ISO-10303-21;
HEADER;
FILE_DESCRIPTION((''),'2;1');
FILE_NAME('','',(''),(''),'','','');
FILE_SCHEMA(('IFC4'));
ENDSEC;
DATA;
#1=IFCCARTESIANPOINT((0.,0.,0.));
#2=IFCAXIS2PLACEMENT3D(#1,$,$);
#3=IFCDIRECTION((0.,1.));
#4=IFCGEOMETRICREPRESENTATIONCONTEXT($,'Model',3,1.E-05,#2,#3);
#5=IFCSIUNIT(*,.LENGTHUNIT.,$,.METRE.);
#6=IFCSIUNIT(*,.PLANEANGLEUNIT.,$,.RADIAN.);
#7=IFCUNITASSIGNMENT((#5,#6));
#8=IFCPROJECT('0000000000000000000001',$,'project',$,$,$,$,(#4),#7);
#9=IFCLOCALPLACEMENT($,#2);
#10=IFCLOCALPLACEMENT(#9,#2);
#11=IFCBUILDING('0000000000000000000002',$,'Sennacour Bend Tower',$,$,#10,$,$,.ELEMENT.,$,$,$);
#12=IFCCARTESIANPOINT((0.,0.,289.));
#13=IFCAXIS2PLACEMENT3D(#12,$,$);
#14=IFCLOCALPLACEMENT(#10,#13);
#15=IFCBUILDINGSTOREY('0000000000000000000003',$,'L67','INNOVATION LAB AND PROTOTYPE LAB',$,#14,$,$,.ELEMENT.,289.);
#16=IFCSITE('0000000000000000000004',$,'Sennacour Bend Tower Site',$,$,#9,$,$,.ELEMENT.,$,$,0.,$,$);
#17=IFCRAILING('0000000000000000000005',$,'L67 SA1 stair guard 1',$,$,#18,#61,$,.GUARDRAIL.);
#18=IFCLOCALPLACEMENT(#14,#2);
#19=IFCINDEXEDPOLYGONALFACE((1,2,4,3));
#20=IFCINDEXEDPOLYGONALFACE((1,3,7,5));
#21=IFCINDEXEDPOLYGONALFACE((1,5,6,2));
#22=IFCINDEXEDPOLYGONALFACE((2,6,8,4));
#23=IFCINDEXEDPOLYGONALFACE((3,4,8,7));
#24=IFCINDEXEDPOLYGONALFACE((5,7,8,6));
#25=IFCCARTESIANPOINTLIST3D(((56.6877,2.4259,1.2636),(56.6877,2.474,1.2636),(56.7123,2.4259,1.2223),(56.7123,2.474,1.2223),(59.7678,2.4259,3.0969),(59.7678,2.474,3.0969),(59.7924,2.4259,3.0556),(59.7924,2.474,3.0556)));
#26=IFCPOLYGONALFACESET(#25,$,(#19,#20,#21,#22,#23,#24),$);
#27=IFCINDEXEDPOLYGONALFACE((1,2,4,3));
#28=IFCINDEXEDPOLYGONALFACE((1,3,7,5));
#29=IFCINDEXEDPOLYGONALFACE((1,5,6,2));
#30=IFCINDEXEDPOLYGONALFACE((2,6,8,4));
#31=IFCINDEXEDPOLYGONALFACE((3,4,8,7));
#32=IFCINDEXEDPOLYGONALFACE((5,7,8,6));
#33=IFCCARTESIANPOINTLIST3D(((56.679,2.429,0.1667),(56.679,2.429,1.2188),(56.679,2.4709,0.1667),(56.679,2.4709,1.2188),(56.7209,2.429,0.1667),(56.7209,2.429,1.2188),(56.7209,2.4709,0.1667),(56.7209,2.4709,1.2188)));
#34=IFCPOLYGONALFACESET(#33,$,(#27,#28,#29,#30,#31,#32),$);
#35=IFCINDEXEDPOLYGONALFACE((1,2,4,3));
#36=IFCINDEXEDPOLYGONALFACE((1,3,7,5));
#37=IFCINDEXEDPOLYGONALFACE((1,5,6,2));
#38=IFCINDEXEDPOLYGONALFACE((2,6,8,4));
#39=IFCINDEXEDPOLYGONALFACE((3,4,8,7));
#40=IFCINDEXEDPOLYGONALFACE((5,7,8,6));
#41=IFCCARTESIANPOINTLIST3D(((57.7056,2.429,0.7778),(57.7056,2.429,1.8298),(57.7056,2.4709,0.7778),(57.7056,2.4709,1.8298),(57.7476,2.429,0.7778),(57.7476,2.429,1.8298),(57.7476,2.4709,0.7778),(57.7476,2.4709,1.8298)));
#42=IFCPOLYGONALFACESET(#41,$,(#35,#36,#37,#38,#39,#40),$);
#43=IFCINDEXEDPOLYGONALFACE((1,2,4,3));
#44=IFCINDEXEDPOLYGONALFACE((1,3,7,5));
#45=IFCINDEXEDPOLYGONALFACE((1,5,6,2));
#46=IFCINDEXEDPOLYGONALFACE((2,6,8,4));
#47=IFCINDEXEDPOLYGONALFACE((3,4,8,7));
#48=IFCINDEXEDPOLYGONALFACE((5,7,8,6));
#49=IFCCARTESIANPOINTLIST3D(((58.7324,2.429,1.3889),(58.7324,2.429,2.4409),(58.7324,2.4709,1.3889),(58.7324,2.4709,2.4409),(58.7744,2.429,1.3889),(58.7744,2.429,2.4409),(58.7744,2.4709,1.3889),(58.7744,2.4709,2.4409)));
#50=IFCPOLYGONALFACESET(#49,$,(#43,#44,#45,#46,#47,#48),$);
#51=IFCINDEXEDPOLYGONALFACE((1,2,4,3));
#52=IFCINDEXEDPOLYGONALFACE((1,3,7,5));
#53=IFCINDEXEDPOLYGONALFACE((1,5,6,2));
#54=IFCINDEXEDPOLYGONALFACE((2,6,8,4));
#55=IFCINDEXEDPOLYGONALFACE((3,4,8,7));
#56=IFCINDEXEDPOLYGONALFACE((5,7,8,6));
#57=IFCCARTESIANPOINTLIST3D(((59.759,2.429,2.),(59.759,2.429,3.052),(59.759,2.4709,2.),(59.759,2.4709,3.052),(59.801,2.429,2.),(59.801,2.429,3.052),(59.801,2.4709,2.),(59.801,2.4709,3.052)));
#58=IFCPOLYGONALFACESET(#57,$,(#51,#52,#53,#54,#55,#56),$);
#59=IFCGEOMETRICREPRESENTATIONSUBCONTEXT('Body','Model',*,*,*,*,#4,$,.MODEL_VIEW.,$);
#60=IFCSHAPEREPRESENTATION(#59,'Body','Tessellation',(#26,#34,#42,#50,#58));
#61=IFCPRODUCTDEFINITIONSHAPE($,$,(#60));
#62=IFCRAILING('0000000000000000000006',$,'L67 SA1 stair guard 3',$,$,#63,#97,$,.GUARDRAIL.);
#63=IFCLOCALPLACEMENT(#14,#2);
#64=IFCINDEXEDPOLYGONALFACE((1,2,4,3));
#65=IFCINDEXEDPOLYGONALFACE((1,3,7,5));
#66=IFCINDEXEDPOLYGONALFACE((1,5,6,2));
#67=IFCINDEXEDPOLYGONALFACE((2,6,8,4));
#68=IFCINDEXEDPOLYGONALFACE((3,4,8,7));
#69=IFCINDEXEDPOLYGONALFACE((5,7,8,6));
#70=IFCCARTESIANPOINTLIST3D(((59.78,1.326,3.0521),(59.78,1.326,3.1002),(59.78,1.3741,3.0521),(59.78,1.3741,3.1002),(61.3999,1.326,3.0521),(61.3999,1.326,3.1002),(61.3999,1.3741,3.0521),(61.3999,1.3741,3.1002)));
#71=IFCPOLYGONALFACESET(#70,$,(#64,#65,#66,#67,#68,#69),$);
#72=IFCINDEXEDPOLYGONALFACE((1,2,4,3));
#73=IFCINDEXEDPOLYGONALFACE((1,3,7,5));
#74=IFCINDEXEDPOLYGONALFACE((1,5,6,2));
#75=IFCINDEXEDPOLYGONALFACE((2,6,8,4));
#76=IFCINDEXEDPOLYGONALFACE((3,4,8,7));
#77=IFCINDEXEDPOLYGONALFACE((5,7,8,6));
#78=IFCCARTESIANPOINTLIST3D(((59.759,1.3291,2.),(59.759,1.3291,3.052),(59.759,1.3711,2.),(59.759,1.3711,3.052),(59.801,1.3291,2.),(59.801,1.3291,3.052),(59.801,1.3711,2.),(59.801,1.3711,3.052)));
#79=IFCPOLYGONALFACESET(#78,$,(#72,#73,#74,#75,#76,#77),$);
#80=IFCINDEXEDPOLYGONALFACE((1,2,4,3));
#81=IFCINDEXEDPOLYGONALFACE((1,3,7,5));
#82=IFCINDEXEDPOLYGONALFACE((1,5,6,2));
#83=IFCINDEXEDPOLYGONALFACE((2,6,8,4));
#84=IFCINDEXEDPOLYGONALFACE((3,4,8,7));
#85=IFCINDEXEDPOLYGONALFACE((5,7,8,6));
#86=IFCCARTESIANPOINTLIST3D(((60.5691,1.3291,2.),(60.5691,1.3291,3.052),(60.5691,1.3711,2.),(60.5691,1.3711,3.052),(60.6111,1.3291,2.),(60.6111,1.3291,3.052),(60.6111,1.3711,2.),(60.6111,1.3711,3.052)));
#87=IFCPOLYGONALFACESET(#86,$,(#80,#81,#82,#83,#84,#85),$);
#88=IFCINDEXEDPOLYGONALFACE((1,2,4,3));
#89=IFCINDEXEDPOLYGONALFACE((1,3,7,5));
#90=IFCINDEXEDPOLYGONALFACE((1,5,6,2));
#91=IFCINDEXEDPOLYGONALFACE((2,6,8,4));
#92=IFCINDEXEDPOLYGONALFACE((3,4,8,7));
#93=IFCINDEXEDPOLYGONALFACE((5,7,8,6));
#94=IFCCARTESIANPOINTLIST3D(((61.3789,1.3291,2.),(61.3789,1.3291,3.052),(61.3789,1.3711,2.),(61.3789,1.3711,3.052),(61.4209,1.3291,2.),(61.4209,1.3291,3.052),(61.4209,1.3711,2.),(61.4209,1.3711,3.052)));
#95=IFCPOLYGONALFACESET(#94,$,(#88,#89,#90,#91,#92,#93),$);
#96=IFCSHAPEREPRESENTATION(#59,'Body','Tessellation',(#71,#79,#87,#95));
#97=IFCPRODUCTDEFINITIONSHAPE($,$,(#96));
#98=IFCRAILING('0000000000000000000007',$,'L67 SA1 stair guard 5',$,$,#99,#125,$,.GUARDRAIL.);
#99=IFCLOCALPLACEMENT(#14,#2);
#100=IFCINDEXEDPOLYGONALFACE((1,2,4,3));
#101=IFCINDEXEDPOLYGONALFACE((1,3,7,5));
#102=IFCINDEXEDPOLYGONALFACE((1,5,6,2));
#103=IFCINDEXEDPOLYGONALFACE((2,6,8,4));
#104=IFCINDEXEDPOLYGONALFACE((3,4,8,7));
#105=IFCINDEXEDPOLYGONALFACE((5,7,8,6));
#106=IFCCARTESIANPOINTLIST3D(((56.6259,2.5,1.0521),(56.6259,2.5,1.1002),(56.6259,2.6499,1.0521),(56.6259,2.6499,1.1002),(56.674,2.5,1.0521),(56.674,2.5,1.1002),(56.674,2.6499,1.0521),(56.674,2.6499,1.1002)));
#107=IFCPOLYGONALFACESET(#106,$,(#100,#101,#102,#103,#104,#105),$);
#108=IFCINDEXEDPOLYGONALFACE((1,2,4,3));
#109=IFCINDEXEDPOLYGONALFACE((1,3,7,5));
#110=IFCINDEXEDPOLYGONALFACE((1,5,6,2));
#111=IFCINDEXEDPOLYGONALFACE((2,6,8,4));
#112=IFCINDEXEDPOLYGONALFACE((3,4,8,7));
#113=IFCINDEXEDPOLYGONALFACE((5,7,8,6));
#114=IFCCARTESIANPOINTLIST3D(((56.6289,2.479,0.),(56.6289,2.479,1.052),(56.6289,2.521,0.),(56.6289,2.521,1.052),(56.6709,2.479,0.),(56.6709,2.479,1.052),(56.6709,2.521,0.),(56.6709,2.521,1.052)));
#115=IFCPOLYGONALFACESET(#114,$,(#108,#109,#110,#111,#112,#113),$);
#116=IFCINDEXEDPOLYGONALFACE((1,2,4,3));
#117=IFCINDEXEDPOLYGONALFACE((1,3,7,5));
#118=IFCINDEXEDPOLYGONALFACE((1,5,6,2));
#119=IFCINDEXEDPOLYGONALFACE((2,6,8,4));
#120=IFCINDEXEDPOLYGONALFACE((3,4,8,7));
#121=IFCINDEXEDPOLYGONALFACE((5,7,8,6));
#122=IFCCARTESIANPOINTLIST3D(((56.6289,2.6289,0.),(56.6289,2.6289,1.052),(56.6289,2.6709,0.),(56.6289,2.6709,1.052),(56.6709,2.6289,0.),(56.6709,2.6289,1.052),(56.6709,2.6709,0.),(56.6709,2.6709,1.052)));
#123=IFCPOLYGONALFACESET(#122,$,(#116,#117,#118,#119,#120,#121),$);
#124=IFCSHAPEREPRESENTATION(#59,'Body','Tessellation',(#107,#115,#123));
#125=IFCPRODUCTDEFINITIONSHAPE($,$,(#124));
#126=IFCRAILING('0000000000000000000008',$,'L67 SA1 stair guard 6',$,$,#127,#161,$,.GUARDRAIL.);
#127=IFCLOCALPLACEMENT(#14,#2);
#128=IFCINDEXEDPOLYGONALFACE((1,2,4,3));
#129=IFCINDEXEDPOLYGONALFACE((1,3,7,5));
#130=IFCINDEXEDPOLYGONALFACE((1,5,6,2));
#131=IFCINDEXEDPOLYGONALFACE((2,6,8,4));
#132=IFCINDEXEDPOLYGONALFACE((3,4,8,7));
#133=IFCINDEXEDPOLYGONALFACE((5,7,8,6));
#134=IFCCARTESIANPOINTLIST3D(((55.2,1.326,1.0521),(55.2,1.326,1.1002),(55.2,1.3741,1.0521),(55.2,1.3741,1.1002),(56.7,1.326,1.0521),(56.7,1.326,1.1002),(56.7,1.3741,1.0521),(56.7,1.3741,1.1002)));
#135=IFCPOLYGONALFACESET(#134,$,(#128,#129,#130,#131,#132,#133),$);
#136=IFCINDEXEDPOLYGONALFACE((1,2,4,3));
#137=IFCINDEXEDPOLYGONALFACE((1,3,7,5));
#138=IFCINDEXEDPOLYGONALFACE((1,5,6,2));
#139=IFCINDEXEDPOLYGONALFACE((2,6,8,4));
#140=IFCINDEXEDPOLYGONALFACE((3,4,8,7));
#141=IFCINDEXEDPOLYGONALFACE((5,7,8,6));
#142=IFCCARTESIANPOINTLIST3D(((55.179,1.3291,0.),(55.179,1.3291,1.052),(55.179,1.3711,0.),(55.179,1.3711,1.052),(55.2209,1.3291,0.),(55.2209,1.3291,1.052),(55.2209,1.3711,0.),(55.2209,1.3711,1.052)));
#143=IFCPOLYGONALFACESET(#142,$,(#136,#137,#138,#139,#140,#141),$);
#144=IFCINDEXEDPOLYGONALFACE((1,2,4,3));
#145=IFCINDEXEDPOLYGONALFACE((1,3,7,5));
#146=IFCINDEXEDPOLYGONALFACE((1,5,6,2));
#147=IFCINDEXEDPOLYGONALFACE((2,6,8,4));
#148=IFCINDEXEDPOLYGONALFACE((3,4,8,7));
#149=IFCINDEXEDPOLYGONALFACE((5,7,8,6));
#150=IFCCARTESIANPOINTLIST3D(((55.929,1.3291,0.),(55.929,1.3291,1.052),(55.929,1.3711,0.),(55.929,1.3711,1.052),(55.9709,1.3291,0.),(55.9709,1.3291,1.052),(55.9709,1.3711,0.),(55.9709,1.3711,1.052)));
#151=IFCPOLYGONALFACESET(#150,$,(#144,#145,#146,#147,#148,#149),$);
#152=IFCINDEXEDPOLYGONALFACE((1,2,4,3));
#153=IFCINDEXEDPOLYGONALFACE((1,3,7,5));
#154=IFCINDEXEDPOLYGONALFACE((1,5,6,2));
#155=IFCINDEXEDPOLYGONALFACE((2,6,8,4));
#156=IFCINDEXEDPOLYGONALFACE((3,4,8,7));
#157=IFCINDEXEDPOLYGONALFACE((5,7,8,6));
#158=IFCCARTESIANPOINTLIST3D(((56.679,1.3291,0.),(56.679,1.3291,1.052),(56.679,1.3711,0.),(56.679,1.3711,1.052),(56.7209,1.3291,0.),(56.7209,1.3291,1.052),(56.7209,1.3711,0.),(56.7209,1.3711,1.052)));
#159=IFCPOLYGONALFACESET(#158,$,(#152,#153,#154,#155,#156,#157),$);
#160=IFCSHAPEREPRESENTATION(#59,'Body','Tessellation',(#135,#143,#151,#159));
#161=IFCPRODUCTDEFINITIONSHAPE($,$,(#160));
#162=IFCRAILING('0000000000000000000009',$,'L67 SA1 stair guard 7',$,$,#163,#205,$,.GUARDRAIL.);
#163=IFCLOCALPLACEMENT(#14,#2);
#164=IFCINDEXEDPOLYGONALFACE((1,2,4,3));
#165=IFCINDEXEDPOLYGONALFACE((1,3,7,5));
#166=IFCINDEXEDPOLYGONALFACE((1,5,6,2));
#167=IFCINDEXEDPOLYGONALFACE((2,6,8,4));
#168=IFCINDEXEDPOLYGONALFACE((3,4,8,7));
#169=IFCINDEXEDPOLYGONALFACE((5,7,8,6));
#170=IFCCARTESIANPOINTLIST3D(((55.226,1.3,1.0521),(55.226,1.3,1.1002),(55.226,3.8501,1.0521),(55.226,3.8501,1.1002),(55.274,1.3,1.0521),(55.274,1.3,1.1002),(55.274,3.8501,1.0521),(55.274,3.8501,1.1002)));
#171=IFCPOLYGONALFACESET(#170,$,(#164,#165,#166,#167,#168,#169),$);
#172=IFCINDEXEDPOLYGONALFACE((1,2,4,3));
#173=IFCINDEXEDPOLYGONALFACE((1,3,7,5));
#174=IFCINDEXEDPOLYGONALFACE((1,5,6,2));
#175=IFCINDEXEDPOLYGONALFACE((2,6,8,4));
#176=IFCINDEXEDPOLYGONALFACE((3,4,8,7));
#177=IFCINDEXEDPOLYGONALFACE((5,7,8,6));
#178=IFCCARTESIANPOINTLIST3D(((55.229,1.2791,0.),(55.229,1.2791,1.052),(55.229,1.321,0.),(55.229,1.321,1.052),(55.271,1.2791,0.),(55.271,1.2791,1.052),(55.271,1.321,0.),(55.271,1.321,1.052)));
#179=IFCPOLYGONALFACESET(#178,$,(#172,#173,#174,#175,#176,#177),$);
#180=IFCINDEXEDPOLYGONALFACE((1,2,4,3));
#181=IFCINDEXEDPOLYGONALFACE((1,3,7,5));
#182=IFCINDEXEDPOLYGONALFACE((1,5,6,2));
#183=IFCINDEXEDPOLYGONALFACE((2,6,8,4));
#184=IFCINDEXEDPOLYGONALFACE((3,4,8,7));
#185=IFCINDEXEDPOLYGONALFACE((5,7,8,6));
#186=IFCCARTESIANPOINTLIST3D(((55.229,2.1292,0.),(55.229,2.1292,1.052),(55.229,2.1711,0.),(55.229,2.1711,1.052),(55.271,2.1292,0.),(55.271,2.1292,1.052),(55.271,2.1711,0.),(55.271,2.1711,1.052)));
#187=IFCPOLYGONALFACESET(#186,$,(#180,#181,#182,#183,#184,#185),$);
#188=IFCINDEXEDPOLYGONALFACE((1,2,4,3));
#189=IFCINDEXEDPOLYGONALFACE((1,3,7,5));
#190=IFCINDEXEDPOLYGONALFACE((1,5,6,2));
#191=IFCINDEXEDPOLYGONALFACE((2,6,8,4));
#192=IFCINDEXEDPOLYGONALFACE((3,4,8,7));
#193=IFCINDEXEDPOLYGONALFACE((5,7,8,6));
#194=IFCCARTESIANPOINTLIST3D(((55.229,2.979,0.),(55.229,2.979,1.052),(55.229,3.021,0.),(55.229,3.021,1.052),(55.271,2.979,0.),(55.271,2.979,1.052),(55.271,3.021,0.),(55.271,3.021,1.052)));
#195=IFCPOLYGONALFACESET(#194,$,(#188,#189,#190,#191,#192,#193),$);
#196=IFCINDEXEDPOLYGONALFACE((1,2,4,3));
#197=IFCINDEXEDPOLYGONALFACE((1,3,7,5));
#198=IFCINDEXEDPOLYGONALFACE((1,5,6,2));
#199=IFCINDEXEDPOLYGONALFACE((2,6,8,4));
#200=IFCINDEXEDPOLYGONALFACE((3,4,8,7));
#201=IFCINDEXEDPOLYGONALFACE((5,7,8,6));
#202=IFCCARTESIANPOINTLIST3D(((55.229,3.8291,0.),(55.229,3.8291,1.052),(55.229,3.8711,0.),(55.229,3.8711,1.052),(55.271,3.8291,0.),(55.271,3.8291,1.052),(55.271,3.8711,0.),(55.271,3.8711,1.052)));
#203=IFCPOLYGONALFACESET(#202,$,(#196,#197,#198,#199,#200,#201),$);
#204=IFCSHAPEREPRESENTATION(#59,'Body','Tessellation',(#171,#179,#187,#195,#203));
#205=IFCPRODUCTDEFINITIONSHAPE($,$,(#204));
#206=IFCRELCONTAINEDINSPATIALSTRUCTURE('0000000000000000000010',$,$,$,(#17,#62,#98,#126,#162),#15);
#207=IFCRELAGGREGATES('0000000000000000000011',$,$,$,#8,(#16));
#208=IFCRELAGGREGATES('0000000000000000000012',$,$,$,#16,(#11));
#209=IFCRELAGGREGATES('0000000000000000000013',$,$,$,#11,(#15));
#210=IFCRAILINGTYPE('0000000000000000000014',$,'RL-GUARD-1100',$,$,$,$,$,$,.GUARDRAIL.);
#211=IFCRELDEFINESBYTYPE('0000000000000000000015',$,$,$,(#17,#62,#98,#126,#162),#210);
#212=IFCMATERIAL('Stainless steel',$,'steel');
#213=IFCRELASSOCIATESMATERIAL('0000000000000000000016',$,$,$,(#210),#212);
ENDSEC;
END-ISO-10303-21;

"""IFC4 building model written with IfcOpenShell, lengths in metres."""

from ifc_helpers import new_model, si_unit, direction, frame, origin, origin_2d, place, context, subcontext, project, spatial, rectangle, extrude, material, type_object, element, save


model = new_model("IFC4")

# Units and contexts
model_context = context("Model", 3, precision=1e-05, world=origin(), true_north=direction((0.0, 1.0)))
body_context = subcontext(model_context, "Body", "Model", "MODEL_VIEW")
ifc_project = project(units=[si_unit("LENGTHUNIT", "METRE"), si_unit("PLANEANGLEUNIT", "RADIAN")], contexts=[model_context])

# Site, building, storey
site_placement = place(None, origin())
site = spatial("IfcSite", under=ifc_project, at=site_placement, Name="Sennacour Bend Tower Site", CompositionType="ELEMENT", RefElevation=0.0)
building_placement = place(site_placement, origin())
building = spatial("IfcBuilding", under=site, at=building_placement, Name="Sennacour Bend Tower", CompositionType="ELEMENT")
storey_placement = place(building_placement, frame((0.0, 0.0, 289.0)))
storey = spatial("IfcBuildingStorey", under=building, at=storey_placement, Name="L67", Description="INNOVATION LAB AND PROTOTYPE LAB", CompositionType="ELEMENT", Elevation=289.0)

# Shared definitions
ifc_material_1 = material(Name="Stainless steel", Category="steel")

# Railings
railing_type_1 = type_object("IfcRailingType", Name="RL-GUARD-1100", PredefinedType="GUARDRAIL", material=ifc_material_1)
railing_1_placement = place(storey_placement, frame((56.7, 2.45, 0.1667)))
element("IfcRailing", 1, at=railing_1_placement, inside=storey, type_object=railing_type_1, Name="L67 SA1 stair guard 1", PredefinedType="GUARDRAIL", context=body_context, shape_type="SweptSolid", body=[
    extrude(rectangle(XDim=0.0481, YDim=0.0481, at=origin_2d()), frame((0.0, 0.0, 1.0762), z_axis=(0.859309, 0.0, 0.511458), x_axis=(0.0, 1.0, 0.0)), (0.0, 0.0, 1.0), 3.5845),
    extrude(rectangle(XDim=0.042, YDim=0.042, at=origin_2d()), origin(), (0.0, 0.0, 1.0), 1.052),
    extrude(rectangle(XDim=0.042, YDim=0.042, at=origin_2d()), frame((1.0266, 0.0, 0.6111)), (0.0, 0.0, 1.0), 1.052),
    extrude(rectangle(XDim=0.042, YDim=0.042, at=origin_2d()), frame((2.0535, 0.0, 1.2222)), (0.0, 0.0, 1.0), 1.052),
    extrude(rectangle(XDim=0.042, YDim=0.042, at=origin_2d()), frame((3.0801, 0.0, 1.8333)), (0.0, 0.0, 1.0), 1.052),
])
railing_2_placement = place(storey_placement, frame((59.78, 1.3501, 2.0)))
element("IfcRailing", 2, at=railing_2_placement, inside=storey, type_object=railing_type_1, Name="L67 SA1 stair guard 3", PredefinedType="GUARDRAIL", context=body_context, shape_type="SweptSolid", body=[
    extrude(rectangle(XDim=0.0481, YDim=0.0481, at=origin_2d()), frame((0.0, 0.0, 1.0762), z_axis=(1.0, 0.0, 0.0), x_axis=(0.0, 1.0, 0.0)), (0.0, 0.0, 1.0), 1.6199),
    extrude(rectangle(XDim=0.042, YDim=0.042, at=origin_2d()), origin(), (0.0, 0.0, 1.0), 1.052),
    extrude(rectangle(XDim=0.042, YDim=0.042, at=origin_2d()), frame((0.8101, 0.0, 0.0)), (0.0, 0.0, 1.0), 1.052),
    extrude(rectangle(XDim=0.042, YDim=0.042, at=origin_2d()), frame((1.6199, 0.0, 0.0)), (0.0, 0.0, 1.0), 1.052),
])
railing_3_placement = place(storey_placement, frame((56.6499, 2.5, 0.0)))
element("IfcRailing", 3, at=railing_3_placement, inside=storey, type_object=railing_type_1, Name="L67 SA1 stair guard 5", PredefinedType="GUARDRAIL", context=body_context, shape_type="SweptSolid", body=[
    extrude(rectangle(XDim=0.0481, YDim=0.0481, at=origin_2d()), frame((0.0, 0.0, 1.0762), z_axis=(0.0, 1.0, 0.0), x_axis=(-1.0, 0.0, 0.0)), (0.0, 0.0, 1.0), 0.1499),
    extrude(rectangle(XDim=0.042, YDim=0.042, at=origin_2d()), origin(), (0.0, 0.0, 1.0), 1.052),
    extrude(rectangle(XDim=0.042, YDim=0.042, at=origin_2d()), frame((0.0, 0.1499, 0.0)), (0.0, 0.0, 1.0), 1.052),
])
railing_4_placement = place(storey_placement, frame((55.2, 1.3501, 0.0)))
element("IfcRailing", 4, at=railing_4_placement, inside=storey, type_object=railing_type_1, Name="L67 SA1 stair guard 6", PredefinedType="GUARDRAIL", context=body_context, shape_type="SweptSolid", body=[
    extrude(rectangle(XDim=0.0481, YDim=0.0481, at=origin_2d()), frame((0.0, 0.0, 1.0762), z_axis=(1.0, 0.0, 0.0), x_axis=(0.0, 1.0, 0.0)), (0.0, 0.0, 1.0), 1.5),
    extrude(rectangle(XDim=0.042, YDim=0.042, at=origin_2d()), origin(), (0.0, 0.0, 1.0), 1.052),
    extrude(rectangle(XDim=0.042, YDim=0.042, at=origin_2d()), frame((0.75, 0.0, 0.0)), (0.0, 0.0, 1.0), 1.052),
    extrude(rectangle(XDim=0.042, YDim=0.042, at=origin_2d()), frame((1.5, 0.0, 0.0)), (0.0, 0.0, 1.0), 1.052),
])
railing_5_placement = place(storey_placement, frame((55.25, 1.3, 0.0)))
element("IfcRailing", 5, at=railing_5_placement, inside=storey, type_object=railing_type_1, Name="L67 SA1 stair guard 7", PredefinedType="GUARDRAIL", context=body_context, shape_type="SweptSolid", body=[
    extrude(rectangle(XDim=0.0481, YDim=0.0481, at=origin_2d()), frame((0.0, 0.0, 1.0762), z_axis=(0.0, 1.0, 0.0), x_axis=(-1.0, 0.0, 0.0)), (0.0, 0.0, 1.0), 2.55),
    extrude(rectangle(XDim=0.042, YDim=0.042, at=origin_2d()), origin(), (0.0, 0.0, 1.0), 1.052),
    extrude(rectangle(XDim=0.042, YDim=0.042, at=origin_2d()), frame((0.0, 0.8501, 0.0)), (0.0, 0.0, 1.0), 1.052),
    extrude(rectangle(XDim=0.042, YDim=0.042, at=origin_2d()), frame((0.0, 1.7, 0.0)), (0.0, 0.0, 1.0), 1.052),
    extrude(rectangle(XDim=0.042, YDim=0.042, at=origin_2d()), frame((0.0, 2.55, 0.0)), (0.0, 0.0, 1.0), 1.052),
])

save(model, "model.ifc")
